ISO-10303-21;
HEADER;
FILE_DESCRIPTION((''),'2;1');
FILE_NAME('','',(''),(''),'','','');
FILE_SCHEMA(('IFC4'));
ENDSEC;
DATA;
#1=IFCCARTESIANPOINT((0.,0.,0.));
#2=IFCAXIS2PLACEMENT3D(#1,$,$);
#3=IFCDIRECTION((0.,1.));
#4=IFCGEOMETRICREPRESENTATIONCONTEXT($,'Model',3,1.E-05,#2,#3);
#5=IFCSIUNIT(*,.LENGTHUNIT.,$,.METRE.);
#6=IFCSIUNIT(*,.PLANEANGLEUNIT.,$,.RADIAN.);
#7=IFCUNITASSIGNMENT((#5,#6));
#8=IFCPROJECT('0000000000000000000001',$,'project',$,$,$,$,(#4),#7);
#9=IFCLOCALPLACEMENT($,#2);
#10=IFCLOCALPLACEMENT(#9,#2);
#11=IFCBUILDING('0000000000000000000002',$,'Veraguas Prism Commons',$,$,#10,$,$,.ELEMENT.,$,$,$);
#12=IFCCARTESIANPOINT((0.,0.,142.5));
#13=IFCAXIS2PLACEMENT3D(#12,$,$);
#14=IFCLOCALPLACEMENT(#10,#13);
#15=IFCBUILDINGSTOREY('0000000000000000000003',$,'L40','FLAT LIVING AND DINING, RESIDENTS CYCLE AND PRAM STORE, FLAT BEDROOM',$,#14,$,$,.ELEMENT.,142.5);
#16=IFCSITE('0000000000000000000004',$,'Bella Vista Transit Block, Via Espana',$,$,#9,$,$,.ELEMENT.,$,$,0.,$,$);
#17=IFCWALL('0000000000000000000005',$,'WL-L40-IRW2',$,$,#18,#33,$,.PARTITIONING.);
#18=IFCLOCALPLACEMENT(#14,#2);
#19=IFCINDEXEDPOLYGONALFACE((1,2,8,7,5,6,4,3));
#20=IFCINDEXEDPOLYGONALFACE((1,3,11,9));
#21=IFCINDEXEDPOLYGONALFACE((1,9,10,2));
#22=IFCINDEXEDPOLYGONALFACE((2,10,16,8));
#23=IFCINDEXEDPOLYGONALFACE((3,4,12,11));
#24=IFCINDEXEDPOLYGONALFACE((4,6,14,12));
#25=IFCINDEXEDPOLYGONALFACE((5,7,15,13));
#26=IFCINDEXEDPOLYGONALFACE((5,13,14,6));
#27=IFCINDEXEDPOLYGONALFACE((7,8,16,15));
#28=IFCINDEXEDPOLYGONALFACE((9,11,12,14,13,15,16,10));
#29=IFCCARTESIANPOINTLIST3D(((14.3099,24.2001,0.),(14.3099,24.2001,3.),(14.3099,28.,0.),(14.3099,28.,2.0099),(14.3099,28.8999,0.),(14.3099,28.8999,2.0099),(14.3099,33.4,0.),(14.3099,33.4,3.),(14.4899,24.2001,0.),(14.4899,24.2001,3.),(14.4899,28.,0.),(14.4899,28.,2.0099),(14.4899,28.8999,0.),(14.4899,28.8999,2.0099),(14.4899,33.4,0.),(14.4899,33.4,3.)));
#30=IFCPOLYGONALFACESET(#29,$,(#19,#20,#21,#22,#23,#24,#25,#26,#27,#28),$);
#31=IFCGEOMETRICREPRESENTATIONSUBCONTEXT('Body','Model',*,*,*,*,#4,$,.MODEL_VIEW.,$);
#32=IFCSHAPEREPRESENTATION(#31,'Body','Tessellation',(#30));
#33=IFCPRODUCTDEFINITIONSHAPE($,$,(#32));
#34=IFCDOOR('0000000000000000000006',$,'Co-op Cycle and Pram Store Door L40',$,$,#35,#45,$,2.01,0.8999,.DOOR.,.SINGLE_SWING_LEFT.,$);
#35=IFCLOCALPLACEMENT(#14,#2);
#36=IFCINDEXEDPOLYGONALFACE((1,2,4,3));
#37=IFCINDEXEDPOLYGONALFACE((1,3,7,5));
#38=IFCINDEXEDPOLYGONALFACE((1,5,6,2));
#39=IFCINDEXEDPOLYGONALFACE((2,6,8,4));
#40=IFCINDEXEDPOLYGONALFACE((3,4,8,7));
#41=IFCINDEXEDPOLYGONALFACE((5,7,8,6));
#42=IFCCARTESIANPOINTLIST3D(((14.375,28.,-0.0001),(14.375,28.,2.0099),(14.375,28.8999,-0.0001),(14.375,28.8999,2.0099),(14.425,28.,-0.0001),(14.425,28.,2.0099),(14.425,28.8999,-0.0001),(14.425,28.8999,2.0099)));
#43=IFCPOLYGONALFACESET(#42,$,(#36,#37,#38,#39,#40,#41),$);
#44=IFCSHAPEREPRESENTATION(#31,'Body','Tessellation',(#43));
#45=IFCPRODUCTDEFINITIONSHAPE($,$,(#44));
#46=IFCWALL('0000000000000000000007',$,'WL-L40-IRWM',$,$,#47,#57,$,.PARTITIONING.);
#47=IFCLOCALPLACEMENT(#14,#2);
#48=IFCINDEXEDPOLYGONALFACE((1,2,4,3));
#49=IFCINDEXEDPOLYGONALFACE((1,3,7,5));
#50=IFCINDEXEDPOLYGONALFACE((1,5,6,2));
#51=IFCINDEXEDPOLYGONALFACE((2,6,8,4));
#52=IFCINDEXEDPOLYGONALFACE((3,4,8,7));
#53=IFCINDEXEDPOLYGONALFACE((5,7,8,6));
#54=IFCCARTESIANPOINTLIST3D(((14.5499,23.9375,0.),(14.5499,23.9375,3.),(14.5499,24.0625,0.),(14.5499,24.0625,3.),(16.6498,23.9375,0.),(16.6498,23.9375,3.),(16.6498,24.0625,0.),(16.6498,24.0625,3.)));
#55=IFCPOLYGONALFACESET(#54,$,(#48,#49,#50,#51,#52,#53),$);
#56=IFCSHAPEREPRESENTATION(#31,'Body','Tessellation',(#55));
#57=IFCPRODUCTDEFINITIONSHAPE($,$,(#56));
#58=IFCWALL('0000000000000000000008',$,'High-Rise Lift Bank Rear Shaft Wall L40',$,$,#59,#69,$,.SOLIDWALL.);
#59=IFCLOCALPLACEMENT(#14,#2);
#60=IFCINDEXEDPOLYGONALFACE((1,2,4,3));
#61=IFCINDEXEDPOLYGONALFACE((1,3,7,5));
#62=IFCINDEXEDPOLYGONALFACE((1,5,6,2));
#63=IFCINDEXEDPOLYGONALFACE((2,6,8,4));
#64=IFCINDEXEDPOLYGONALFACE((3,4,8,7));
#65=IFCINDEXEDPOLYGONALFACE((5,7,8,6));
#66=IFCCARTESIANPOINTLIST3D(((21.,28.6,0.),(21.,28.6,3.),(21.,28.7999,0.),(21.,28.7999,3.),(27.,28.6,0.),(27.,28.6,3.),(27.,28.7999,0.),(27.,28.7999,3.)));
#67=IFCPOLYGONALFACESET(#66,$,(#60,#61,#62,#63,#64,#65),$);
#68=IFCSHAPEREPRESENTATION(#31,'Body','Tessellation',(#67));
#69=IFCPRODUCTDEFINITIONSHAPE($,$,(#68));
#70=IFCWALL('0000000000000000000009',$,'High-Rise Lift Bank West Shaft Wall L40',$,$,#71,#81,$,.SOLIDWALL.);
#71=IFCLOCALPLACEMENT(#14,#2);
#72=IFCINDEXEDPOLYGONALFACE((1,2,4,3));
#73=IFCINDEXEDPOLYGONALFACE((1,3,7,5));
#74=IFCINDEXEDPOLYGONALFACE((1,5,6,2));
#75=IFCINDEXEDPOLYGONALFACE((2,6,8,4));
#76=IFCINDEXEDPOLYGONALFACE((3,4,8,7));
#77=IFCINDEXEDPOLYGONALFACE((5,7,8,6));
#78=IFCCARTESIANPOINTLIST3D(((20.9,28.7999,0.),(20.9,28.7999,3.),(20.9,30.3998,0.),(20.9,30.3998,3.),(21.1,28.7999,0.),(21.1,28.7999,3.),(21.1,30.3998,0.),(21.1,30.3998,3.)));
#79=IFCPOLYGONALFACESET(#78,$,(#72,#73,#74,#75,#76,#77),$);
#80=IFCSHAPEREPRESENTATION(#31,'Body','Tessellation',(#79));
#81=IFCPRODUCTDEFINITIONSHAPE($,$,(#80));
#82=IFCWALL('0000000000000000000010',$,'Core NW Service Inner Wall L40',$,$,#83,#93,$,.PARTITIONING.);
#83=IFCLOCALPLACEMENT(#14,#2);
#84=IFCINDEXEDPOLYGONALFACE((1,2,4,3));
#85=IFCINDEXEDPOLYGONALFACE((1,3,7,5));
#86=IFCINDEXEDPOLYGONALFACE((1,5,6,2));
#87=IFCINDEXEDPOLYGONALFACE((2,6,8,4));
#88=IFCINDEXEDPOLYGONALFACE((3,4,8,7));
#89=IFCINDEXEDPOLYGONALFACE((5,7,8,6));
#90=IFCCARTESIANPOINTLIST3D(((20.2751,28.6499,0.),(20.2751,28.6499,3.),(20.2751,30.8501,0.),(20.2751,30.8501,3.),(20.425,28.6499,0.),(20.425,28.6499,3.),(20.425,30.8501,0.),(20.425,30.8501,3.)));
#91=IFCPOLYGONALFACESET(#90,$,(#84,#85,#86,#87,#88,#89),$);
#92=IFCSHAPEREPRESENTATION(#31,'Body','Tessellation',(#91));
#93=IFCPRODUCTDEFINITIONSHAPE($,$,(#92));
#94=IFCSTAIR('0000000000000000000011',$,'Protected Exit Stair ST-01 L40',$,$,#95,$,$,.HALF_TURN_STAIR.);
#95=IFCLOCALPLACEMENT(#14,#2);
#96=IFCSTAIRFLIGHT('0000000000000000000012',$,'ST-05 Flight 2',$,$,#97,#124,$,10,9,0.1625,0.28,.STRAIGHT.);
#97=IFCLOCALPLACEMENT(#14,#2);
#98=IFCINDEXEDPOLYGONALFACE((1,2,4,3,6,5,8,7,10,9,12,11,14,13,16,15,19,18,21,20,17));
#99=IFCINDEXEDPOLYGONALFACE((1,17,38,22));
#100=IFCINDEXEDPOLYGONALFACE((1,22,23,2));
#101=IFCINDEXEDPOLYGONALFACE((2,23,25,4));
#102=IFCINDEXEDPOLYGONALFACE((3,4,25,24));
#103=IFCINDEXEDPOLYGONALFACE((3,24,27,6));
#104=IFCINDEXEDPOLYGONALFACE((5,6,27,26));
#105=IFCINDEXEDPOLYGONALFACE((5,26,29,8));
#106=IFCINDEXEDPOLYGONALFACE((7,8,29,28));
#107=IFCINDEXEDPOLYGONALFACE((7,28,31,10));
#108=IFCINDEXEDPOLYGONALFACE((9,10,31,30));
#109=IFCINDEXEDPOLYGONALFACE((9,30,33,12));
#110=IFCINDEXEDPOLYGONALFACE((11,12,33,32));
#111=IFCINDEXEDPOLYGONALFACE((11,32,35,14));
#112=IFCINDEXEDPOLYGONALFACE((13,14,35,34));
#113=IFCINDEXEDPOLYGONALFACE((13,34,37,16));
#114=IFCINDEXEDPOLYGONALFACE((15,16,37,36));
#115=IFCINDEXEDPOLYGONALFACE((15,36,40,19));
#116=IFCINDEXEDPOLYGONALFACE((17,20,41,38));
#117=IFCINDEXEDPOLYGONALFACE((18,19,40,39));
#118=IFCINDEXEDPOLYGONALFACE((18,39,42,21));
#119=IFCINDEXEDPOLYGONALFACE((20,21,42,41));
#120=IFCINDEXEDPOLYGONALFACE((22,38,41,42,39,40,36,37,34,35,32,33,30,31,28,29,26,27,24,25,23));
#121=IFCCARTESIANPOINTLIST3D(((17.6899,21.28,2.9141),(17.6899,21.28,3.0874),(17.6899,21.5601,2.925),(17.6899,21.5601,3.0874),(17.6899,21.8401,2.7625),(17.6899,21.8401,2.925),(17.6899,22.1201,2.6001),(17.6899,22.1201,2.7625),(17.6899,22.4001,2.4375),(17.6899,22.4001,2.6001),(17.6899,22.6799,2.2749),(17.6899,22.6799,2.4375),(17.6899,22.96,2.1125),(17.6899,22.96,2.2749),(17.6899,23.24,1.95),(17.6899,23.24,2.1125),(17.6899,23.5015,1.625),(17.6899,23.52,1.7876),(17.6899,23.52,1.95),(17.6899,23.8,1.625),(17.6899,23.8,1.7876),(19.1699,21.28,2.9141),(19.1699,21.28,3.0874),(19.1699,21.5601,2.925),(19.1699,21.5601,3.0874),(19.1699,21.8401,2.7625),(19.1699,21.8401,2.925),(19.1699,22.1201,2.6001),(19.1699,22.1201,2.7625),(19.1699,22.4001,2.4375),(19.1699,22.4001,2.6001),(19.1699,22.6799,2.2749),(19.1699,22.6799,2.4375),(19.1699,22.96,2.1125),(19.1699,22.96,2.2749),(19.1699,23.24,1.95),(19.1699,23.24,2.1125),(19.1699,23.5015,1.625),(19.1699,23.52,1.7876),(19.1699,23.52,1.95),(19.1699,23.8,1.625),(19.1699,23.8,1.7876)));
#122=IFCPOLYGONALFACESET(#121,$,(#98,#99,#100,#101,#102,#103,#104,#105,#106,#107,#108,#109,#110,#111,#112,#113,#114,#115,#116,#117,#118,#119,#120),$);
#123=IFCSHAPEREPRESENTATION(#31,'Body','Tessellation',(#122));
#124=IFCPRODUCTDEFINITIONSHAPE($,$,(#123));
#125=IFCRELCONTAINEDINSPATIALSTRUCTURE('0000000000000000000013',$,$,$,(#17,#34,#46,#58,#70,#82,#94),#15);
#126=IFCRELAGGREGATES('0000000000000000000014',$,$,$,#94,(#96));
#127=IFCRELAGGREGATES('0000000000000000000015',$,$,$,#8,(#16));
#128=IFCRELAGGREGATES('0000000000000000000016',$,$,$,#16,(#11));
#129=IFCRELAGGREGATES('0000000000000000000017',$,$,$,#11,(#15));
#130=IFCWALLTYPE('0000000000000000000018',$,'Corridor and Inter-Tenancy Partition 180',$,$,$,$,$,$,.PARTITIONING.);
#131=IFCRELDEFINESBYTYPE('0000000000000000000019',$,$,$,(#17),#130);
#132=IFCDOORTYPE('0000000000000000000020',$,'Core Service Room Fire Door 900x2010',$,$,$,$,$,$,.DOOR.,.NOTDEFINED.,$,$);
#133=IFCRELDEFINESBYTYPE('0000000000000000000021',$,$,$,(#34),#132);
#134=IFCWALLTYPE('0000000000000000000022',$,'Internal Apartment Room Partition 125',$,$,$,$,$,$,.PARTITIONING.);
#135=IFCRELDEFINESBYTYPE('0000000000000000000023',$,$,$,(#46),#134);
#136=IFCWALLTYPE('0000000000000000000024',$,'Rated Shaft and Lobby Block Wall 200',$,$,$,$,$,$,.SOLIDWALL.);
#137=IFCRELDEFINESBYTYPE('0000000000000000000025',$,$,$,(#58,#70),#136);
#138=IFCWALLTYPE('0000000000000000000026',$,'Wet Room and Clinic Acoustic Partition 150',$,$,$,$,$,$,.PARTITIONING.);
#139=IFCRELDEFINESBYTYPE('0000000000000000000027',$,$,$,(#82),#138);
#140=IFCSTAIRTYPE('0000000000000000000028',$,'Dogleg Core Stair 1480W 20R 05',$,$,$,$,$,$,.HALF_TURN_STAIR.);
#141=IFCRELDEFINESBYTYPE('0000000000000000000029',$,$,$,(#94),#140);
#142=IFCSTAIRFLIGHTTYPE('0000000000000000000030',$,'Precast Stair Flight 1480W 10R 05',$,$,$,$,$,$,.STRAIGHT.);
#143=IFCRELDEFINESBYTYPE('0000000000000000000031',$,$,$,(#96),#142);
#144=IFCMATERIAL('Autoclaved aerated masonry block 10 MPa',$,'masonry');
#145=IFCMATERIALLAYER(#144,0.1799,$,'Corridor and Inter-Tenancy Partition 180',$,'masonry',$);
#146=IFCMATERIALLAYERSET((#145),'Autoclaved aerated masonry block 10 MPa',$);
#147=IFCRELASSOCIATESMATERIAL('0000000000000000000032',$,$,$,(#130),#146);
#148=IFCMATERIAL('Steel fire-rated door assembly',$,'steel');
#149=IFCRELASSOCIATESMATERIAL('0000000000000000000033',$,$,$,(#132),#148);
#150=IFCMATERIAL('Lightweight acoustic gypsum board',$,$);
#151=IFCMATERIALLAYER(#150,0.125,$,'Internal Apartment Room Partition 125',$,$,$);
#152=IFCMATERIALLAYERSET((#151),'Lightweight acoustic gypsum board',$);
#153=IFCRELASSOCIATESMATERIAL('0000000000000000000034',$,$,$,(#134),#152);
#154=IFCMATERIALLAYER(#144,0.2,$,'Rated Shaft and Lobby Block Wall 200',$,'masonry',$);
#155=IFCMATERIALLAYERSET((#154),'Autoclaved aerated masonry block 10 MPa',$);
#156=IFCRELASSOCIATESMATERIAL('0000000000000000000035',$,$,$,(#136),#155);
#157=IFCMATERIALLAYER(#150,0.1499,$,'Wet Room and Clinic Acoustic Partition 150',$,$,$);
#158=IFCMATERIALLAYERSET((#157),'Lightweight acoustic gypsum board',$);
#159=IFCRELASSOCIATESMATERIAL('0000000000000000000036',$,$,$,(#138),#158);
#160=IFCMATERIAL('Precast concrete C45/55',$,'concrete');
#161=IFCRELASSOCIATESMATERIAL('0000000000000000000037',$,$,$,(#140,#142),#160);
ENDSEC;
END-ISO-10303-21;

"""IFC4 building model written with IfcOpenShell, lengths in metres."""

from ifc_helpers import new_model, si_unit, direction, frame, frame_2d, origin, place, context, subcontext, project, spatial, polyline, rectangle, outline, extrude, source, transform, mapped, material, layer, layer_set, type_object, element, fill, aggregate, save


model = new_model("IFC4")

# Units and contexts
model_context = context("Model", 3, precision=1e-05, world=origin(), true_north=direction((0.0, 1.0)))
body_context = subcontext(model_context, "Body", "Model", "MODEL_VIEW")
ifc_project = project(units=[si_unit("LENGTHUNIT", "METRE"), si_unit("PLANEANGLEUNIT", "RADIAN")], contexts=[model_context])

# Site, building, storey
site_placement = place(None, origin())
site = spatial("IfcSite", under=ifc_project, at=site_placement, Name="Bella Vista Transit Block, Via Espana", CompositionType="ELEMENT", RefElevation=0.0)
building_placement = place(site_placement, origin())
building = spatial("IfcBuilding", under=site, at=building_placement, Name="Veraguas Prism Commons", CompositionType="ELEMENT")
storey_placement = place(building_placement, frame((0.0, 0.0, 142.5)))
storey = spatial("IfcBuildingStorey", under=building, at=storey_placement, Name="L40", Description="FLAT LIVING AND DINING, RESIDENTS CYCLE AND PRAM STORE, FLAT BEDROOM", CompositionType="ELEMENT", Elevation=142.5)

# Wall, opening, door
ifc_material_1 = material(Name="Steel fire-rated door assembly", Category="steel")
ifc_material_2 = material(Name="Autoclaved aerated masonry block 10 MPa", Category="masonry")
ifc_layer_1 = layer(ifc_material_2, 0.1799, Name="Corridor and Inter-Tenancy Partition 180", Category="masonry")
ifc_layer_set_1 = layer_set([ifc_layer_1], Name="Autoclaved aerated masonry block 10 MPa")
wall_type_1 = type_object("IfcWallType", Name="Corridor and Inter-Tenancy Partition 180", PredefinedType="PARTITIONING", material=ifc_layer_set_1)
wall_1_placement = place(storey_placement, frame((14.3999, 24.2, 0.0), z_axis=(0.0, 0.0, 1.0), x_axis=(0.0, 1.0, 0.0)))
wall_1 = element("IfcWall", 1, at=wall_1_placement, inside=storey, type_object=wall_type_1, Name="WL-L40-IRW2", PredefinedType="PARTITIONING", context=body_context, shape_type="SweptSolid", body=[
    extrude(rectangle(XDim=9.2, YDim=0.1799, at=frame_2d((4.6001, 0.0))), origin(), (0.0, 0.0, 1.0), 3.0),
])
opening_1_placement = place(wall_1_placement, frame((3.8, 0.0, 0.0)))
opening_1 = element("IfcOpeningElement", 2, at=opening_1_placement, cuts=wall_1, PredefinedType="OPENING", context=body_context, shape_type="SweptSolid", body=[
    extrude(rectangle(XDim=0.8999, YDim=2.01, at=frame_2d((0.45, 1.0049))), frame((0.0, 0.0999, 0.0), z_axis=(0.0, -1.0, 0.0), x_axis=(1.0, 0.0, 0.0)), (0.0, 0.0, 1.0), 0.2),
])
door_type_1 = type_object("IfcDoorType", Name="Core Service Room Fire Door 900x2010", OperationType="NOTDEFINED", PredefinedType="DOOR", material=ifc_material_1)
shared_shape_1 = source(origin(), body_context, "Body", "SweptSolid", [
    extrude(rectangle(XDim=0.8999, YDim=2.01, at=frame_2d((0.45, 1.0049))), frame((0.0, 0.0249, 0.0), z_axis=(0.0, -1.0, 0.0), x_axis=(1.0, 0.0, 0.0)), (0.0, 0.0, 1.0), 0.05),
])
door_1_placement = place(opening_1_placement, origin())
door_1 = element("IfcDoor", 3, at=door_1_placement, inside=storey, type_object=door_type_1, Name="Co-op Cycle and Pram Store Door L40", OperationType="SINGLE_SWING_LEFT", OverallHeight=2.01, OverallWidth=0.8999, PredefinedType="DOOR", context=body_context, shape_type="MappedRepresentation", body=[
    mapped(shared_shape_1, transform((0.0, 0.0, 0.0), scale=1.0)),
])
fill(opening_1, door_1)

# Walls
ifc_material_3 = material(Name="Lightweight acoustic gypsum board")
ifc_layer_2 = layer(ifc_material_3, 0.125, Name="Internal Apartment Room Partition 125")
ifc_layer_set_2 = layer_set([ifc_layer_2], Name="Lightweight acoustic gypsum board")
wall_type_2 = type_object("IfcWallType", Name="Internal Apartment Room Partition 125", PredefinedType="PARTITIONING", material=ifc_layer_set_2)
wall_2_placement = place(storey_placement, frame((14.55, 24.0, 0.0), z_axis=(0.0, 0.0, 1.0), x_axis=(1.0, 0.0, 0.0)))
element("IfcWall", 4, at=wall_2_placement, inside=storey, type_object=wall_type_2, Name="WL-L40-IRWM", PredefinedType="PARTITIONING", context=body_context, shape_type="SweptSolid", body=[
    extrude(rectangle(XDim=2.0999, YDim=0.125, at=frame_2d((1.0498, 0.0))), origin(), (0.0, 0.0, 1.0), 3.0),
])
ifc_layer_3 = layer(ifc_material_2, 0.2, Name="Rated Shaft and Lobby Block Wall 200", Category="masonry")
ifc_layer_set_3 = layer_set([ifc_layer_3], Name="Autoclaved aerated masonry block 10 MPa")
wall_type_3 = type_object("IfcWallType", Name="Rated Shaft and Lobby Block Wall 200", PredefinedType="SOLIDWALL", material=ifc_layer_set_3)
wall_3_placement = place(storey_placement, frame((21.0, 28.7, 0.0), z_axis=(0.0, 0.0, 1.0), x_axis=(1.0, 0.0, 0.0)))
element("IfcWall", 5, at=wall_3_placement, inside=storey, type_object=wall_type_3, Name="High-Rise Lift Bank Rear Shaft Wall L40", PredefinedType="SOLIDWALL", context=body_context, shape_type="SweptSolid", body=[
    extrude(rectangle(XDim=6.0, YDim=0.2, at=frame_2d((3.0, 0.0))), origin(), (0.0, 0.0, 1.0), 3.0),
])
wall_4_placement = place(storey_placement, frame((21.0, 28.8, 0.0), z_axis=(0.0, 0.0, 1.0), x_axis=(0.0, 1.0, 0.0)))
element("IfcWall", 6, at=wall_4_placement, inside=storey, type_object=wall_type_3, Name="High-Rise Lift Bank West Shaft Wall L40", PredefinedType="SOLIDWALL", context=body_context, shape_type="SweptSolid", body=[
    extrude(rectangle(XDim=1.5999, YDim=0.2, at=frame_2d((0.7998, 0.0))), origin(), (0.0, 0.0, 1.0), 3.0),
])
ifc_layer_4 = layer(ifc_material_3, 0.1499, Name="Wet Room and Clinic Acoustic Partition 150")
ifc_layer_set_4 = layer_set([ifc_layer_4], Name="Lightweight acoustic gypsum board")
wall_type_4 = type_object("IfcWallType", Name="Wet Room and Clinic Acoustic Partition 150", PredefinedType="PARTITIONING", material=ifc_layer_set_4)
wall_5_placement = place(storey_placement, frame((20.3501, 28.6499, 0.0), z_axis=(0.0, 0.0, 1.0), x_axis=(0.0, 1.0, 0.0)))
element("IfcWall", 7, at=wall_5_placement, inside=storey, type_object=wall_type_4, Name="Core NW Service Inner Wall L40", PredefinedType="PARTITIONING", context=body_context, shape_type="SweptSolid", body=[
    extrude(rectangle(XDim=2.2002, YDim=0.1499, at=frame_2d((1.1001, 0.0))), origin(), (0.0, 0.0, 1.0), 3.0),
])

# Stair, stair flight
ifc_material_4 = material(Name="Precast concrete C45/55", Category="concrete")
stair_type = type_object("IfcStairType", Name="Dogleg Core Stair 1480W 20R 05", PredefinedType="HALF_TURN_STAIR", material=ifc_material_4)
stair_placement = place(storey_placement, origin())
stair = element("IfcStair", 8, at=stair_placement, inside=storey, type_object=stair_type, Name="Protected Exit Stair ST-01 L40", PredefinedType="HALF_TURN_STAIR")
stair_flight_type = type_object("IfcStairFlightType", Name="Precast Stair Flight 1480W 10R 05", PredefinedType="STRAIGHT", material=ifc_material_4)
stair_flight_placement = place(storey_placement, frame((18.4299, 23.8, 1.625), z_axis=(0.0, 0.0, 1.0), x_axis=(0.0, -1.0, 0.0)))
stair_flight = element("IfcStairFlight", 9, at=stair_flight_placement, type_object=stair_flight_type, Name="ST-05 Flight 2", NumberOfRisers=10, NumberOfTreads=9, PredefinedType="STRAIGHT", RiserHeight=0.1625, TreadLength=0.28, context=body_context, shape_type="SweptSolid", body=[
    extrude(outline(polyline([(0.0, 0.0), (0.0, 0.1626), (0.28, 0.1626), (0.28, 0.325), (0.5601, 0.325), (0.5601, 0.4875), (0.8401, 0.4875), (0.8401, 0.6499), (1.1201, 0.6499), (1.1201, 0.8125), (1.3999, 0.8125), (1.3999, 0.9751), (1.6799, 0.9751), (1.6799, 1.1375), (1.96, 1.1375), (1.96, 1.3), (2.24, 1.3), (2.24, 1.4624), (2.52, 1.4624), (2.52, 1.625), (2.52, 1.2891), (0.2986, 0.0), (0.0, 0.0)])), frame((0.0, 0.74, 0.0), z_axis=(0.0, -1.0, 0.0), x_axis=(1.0, 0.0, 0.0)), (0.0, 0.0, 1.0), 1.48),
])
aggregate(stair, [stair_flight])

save(model, "model.ifc")
